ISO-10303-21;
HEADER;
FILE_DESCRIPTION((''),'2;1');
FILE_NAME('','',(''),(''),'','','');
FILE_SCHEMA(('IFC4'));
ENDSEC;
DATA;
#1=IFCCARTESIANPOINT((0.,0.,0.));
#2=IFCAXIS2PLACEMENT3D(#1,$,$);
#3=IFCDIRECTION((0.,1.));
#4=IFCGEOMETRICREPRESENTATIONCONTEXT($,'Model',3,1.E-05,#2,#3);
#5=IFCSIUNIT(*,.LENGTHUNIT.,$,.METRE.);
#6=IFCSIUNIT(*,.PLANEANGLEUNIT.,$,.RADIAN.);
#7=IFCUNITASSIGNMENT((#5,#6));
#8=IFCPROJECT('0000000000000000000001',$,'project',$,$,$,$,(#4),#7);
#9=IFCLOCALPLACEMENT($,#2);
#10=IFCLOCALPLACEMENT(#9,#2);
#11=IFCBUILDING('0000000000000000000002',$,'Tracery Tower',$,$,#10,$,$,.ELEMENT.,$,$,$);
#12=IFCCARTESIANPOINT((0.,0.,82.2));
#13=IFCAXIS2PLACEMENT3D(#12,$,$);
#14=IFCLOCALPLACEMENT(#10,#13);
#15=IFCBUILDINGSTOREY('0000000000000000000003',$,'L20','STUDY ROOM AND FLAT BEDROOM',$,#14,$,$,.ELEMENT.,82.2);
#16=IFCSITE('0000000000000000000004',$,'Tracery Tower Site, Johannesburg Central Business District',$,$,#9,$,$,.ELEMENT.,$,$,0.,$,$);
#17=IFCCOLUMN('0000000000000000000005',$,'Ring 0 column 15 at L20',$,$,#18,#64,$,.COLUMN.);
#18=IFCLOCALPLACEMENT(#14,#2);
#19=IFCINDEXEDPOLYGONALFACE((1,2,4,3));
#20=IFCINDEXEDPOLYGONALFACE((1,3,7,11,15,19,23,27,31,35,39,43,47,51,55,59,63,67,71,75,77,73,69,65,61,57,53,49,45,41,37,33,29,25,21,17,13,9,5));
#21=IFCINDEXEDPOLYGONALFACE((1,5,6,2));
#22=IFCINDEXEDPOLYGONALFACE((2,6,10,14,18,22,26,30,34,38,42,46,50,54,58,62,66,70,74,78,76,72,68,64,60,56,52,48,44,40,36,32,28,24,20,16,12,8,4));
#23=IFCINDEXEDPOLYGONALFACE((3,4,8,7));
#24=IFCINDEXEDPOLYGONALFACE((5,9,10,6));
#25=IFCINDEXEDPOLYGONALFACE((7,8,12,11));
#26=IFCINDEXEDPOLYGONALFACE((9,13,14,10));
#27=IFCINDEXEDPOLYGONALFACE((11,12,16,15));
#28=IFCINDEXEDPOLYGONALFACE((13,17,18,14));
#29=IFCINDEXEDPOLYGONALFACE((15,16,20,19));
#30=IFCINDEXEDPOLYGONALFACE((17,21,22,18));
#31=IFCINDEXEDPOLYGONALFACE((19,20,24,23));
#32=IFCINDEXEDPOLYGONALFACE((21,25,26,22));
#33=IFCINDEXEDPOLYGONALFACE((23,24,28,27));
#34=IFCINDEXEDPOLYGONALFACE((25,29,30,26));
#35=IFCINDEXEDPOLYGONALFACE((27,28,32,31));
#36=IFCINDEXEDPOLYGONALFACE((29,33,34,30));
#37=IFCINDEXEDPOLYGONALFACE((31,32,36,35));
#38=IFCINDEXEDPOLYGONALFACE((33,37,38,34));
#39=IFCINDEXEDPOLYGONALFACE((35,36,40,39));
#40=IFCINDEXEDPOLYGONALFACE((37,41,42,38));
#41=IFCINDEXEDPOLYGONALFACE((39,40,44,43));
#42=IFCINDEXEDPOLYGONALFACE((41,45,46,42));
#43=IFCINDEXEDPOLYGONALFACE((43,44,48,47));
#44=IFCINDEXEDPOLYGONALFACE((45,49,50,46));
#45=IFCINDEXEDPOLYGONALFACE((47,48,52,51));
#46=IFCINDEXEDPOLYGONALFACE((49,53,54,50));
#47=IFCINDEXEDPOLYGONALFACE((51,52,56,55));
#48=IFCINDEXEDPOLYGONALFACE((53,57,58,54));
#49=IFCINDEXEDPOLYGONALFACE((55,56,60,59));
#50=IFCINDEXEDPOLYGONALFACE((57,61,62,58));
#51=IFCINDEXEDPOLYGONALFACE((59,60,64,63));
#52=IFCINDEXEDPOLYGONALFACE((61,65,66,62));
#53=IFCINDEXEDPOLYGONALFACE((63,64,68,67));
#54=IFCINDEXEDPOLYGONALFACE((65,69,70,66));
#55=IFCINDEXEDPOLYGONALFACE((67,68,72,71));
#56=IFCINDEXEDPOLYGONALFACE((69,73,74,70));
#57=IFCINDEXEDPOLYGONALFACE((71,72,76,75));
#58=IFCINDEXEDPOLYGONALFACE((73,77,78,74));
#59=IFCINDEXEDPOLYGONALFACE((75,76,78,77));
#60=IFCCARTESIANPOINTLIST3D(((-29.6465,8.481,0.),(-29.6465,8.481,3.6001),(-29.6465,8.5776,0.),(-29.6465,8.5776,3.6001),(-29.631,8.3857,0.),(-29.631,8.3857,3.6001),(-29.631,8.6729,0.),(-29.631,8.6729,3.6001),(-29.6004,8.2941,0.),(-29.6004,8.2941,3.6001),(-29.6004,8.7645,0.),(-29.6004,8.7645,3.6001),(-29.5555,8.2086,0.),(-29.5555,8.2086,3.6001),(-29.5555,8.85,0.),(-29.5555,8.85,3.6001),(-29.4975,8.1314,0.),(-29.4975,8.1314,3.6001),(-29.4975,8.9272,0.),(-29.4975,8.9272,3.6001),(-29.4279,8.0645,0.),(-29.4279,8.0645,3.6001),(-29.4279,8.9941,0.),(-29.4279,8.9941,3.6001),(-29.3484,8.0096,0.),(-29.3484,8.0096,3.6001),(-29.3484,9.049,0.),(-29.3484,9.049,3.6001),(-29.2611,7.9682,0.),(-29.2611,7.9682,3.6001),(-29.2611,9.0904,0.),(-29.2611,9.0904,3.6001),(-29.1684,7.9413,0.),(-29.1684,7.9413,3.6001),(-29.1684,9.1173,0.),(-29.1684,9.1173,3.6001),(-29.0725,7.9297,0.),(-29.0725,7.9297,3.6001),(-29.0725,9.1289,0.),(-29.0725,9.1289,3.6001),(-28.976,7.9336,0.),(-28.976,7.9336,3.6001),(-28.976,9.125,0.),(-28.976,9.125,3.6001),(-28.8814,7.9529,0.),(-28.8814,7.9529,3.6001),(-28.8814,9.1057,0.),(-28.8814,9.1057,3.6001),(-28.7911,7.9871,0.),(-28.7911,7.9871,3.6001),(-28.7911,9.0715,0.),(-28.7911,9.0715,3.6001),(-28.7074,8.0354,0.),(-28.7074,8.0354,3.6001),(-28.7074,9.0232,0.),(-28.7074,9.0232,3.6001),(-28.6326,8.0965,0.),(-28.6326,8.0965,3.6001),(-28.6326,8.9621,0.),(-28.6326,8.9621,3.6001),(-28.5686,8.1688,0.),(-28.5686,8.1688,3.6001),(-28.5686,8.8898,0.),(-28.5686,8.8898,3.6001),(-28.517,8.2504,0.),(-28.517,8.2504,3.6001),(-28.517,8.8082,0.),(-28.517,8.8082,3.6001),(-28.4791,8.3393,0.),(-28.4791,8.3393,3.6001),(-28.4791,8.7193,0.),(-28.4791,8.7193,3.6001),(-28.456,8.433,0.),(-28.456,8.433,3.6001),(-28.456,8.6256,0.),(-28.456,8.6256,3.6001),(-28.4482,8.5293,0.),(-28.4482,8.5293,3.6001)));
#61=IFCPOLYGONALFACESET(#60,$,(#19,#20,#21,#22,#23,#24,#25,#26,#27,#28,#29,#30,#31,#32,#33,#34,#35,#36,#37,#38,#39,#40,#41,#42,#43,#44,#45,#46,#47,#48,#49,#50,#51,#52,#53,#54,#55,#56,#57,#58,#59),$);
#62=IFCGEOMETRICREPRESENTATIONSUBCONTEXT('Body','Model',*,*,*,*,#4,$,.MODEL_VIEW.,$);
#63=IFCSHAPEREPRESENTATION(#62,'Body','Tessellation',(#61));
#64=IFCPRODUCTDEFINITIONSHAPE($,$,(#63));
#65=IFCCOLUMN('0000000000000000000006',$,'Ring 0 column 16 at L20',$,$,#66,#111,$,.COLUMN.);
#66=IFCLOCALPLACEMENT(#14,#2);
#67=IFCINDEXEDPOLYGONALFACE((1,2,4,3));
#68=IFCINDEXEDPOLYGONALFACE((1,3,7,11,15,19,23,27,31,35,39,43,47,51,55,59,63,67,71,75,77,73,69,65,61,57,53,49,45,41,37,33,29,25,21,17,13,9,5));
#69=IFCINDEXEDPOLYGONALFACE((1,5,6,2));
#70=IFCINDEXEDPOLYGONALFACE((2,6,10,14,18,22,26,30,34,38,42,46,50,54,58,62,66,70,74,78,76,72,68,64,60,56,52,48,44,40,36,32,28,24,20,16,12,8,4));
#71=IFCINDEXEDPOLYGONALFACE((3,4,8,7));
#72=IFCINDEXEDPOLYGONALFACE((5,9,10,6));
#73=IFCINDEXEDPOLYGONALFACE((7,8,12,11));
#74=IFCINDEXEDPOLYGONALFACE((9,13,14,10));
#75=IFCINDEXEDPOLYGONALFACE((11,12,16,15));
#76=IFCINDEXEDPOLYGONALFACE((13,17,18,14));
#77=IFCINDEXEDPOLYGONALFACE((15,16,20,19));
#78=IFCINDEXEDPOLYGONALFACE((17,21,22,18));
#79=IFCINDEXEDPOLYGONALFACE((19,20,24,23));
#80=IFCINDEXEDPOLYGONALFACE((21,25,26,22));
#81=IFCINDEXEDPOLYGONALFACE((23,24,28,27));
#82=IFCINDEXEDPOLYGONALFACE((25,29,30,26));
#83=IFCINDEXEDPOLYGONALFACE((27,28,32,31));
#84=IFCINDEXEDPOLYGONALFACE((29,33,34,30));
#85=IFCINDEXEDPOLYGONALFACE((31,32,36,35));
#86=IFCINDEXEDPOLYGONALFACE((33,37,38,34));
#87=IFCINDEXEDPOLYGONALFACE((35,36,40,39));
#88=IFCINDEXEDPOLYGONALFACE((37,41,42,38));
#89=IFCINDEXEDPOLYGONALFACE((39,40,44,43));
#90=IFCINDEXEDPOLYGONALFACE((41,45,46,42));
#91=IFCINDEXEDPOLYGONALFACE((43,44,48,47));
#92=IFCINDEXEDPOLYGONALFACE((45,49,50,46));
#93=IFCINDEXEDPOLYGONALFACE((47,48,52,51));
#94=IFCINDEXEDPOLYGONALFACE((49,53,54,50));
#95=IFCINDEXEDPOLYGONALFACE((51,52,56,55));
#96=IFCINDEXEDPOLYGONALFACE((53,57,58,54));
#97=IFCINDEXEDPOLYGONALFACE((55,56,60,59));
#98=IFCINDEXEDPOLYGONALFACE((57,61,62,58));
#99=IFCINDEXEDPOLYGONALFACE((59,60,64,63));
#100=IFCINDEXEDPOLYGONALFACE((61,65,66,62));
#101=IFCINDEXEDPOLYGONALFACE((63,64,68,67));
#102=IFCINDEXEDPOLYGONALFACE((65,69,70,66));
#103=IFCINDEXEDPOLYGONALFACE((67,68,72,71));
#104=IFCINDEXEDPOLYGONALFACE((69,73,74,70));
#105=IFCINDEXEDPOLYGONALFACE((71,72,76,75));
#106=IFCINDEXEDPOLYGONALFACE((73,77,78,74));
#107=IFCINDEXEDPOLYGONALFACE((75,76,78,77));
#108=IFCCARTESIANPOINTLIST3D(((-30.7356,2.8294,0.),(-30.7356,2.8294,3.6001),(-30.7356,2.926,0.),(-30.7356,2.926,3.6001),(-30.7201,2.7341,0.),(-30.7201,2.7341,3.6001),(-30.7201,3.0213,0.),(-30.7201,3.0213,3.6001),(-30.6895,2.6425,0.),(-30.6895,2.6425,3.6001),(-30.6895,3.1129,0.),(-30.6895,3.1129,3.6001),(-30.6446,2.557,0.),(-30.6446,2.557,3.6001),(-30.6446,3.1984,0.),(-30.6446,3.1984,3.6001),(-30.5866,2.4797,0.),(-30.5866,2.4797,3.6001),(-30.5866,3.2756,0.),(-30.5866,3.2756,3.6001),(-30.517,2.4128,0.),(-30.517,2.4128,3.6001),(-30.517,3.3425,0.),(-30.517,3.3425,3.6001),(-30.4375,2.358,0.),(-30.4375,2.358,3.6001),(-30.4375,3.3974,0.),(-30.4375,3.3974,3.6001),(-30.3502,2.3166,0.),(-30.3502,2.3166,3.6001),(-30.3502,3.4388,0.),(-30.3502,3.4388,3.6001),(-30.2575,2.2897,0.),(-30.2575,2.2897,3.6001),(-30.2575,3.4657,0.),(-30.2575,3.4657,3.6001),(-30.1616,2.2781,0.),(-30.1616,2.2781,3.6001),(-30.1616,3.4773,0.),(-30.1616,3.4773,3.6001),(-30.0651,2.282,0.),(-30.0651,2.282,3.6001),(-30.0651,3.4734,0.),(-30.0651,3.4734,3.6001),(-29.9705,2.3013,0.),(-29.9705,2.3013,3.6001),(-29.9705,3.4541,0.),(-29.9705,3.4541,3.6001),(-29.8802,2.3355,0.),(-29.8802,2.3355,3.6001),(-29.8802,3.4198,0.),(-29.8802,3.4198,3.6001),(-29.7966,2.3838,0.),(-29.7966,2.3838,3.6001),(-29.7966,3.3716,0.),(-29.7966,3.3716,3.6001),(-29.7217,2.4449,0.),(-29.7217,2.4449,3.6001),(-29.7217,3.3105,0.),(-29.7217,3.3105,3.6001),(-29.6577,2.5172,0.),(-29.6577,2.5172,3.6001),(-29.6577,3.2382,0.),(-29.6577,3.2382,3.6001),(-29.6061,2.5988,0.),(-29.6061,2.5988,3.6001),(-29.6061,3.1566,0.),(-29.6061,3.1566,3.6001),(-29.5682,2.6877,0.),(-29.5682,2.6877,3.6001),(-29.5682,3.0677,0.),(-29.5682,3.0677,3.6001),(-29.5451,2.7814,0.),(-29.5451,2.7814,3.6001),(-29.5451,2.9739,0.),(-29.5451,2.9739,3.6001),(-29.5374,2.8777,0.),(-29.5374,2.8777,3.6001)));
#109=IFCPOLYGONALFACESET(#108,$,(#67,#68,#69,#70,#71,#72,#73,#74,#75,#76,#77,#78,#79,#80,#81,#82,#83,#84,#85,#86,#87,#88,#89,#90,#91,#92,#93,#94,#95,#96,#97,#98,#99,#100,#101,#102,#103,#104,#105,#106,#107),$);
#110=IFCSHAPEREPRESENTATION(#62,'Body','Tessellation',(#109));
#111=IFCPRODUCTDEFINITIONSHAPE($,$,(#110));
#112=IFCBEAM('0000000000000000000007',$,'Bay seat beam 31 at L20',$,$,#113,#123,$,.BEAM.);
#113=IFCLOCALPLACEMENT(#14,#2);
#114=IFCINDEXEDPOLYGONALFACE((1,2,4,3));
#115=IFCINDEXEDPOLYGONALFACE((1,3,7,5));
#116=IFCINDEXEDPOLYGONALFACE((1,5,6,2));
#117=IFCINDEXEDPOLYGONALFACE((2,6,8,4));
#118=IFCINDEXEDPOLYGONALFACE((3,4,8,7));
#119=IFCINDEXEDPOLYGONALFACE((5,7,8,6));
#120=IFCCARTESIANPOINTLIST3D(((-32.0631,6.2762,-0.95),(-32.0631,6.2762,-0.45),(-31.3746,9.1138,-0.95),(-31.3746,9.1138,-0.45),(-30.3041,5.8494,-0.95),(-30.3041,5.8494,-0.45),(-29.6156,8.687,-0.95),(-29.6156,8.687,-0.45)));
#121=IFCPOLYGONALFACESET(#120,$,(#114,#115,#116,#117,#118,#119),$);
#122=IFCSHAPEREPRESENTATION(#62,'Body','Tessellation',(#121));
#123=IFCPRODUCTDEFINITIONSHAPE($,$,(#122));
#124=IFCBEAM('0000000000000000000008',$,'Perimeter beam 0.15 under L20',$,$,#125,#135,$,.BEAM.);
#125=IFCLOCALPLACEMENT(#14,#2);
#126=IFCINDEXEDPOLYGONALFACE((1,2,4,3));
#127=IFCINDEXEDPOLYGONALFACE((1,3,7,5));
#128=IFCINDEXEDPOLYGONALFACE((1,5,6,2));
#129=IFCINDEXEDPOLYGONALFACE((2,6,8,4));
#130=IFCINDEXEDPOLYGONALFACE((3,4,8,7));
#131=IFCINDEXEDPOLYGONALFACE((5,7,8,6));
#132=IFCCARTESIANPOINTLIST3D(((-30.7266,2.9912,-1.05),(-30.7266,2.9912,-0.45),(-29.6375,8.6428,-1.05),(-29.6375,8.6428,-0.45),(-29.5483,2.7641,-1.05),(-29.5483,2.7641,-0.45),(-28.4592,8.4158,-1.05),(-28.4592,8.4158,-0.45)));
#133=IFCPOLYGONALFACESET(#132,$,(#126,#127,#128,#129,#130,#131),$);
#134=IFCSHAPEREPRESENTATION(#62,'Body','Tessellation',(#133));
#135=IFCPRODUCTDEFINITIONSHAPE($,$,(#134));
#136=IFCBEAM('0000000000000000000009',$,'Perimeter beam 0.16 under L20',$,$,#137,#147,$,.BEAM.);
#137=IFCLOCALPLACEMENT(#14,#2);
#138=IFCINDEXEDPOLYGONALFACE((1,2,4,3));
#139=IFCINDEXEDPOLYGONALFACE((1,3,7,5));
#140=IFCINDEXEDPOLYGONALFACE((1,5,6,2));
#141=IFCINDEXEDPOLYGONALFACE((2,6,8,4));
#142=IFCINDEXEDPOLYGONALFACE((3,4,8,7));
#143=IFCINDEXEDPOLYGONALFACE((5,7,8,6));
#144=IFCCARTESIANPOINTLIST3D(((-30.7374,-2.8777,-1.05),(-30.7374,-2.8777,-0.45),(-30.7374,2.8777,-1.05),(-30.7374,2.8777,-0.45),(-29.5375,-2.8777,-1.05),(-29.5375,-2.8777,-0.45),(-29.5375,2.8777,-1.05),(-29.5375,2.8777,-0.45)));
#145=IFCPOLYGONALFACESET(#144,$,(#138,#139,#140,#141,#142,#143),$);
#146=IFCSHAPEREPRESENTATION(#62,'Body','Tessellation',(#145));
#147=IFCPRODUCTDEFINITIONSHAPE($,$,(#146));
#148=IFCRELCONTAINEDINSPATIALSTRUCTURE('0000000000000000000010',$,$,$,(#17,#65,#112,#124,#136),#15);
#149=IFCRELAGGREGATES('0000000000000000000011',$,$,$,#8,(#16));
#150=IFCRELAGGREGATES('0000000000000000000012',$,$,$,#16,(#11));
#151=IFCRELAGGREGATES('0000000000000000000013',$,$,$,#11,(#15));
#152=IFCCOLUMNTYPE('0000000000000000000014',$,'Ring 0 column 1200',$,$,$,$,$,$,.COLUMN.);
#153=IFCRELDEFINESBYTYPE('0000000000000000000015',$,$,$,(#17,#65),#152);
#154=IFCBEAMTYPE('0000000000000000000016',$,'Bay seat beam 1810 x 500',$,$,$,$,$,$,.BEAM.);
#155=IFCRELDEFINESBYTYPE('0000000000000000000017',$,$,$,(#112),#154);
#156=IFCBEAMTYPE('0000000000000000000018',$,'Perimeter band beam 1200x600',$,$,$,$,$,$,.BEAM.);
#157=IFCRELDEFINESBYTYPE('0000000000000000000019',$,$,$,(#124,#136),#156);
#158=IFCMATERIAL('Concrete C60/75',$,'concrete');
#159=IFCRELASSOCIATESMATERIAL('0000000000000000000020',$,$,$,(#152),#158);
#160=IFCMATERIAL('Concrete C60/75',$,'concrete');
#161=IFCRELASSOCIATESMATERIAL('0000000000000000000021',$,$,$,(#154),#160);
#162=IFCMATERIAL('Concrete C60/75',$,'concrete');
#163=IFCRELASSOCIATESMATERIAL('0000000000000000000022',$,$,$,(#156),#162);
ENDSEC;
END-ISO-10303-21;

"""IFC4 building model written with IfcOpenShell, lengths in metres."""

from ifc_helpers import new_model, si_unit, direction, frame, origin, origin_2d, place, context, subcontext, project, spatial, rectangle, circle, extrude, material, material_profile, profile_set, type_object, element, save


model = new_model("IFC4")

# Units and contexts
model_context = context("Model", 3, precision=1e-05, world=origin(), true_north=direction((0.0, 1.0)))
body_context = subcontext(model_context, "Body", "Model", "MODEL_VIEW")
ifc_project = project(units=[si_unit("LENGTHUNIT", "METRE"), si_unit("PLANEANGLEUNIT", "RADIAN")], contexts=[model_context])

# Site, building, storey
site_placement = place(None, origin())
site = spatial("IfcSite", under=ifc_project, at=site_placement, Name="Tracery Tower Site, Johannesburg Central Business District", CompositionType="ELEMENT", RefElevation=0.0)
building_placement = place(site_placement, origin())
building = spatial("IfcBuilding", under=site, at=building_placement, Name="Tracery Tower", CompositionType="ELEMENT")
storey_placement = place(building_placement, frame((0.0, 0.0, 82.2)))
storey = spatial("IfcBuildingStorey", under=building, at=storey_placement, Name="L20", Description="STUDY ROOM AND FLAT BEDROOM", CompositionType="ELEMENT", Elevation=82.2)

# Columns
ifc_material_1 = material(Name="Concrete C60/75", Category="concrete")
ifc_material_profile_1 = material_profile(ifc_material_1, circle(Radius=0.6001, at=origin_2d()), Name="RC D1200")
ifc_profile_set_1 = profile_set([ifc_material_profile_1], Name="Concrete C60/75")
column_type = type_object("IfcColumnType", Name="Ring 0 column 1200", PredefinedType="COLUMN", material=ifc_profile_set_1)
for number, where, z_axis, x_axis, name in (
    (1, (-29.0483, 8.5293, 0.0), (0.0, 0.0, 1.0), (1.0, 0.0, 0.0), "Ring 0 column 15 at L20"),
    (2, (-30.1375, 2.8777, 0.0), (0.0, 0.0, 1.0), (1.0, 0.0, 0.0), "Ring 0 column 16 at L20"),
):
    element("IfcColumn", number, at=place(storey_placement, frame(where, z_axis=z_axis, x_axis=x_axis)), inside=storey, type_object=column_type, Name=name, PredefinedType="COLUMN", context=body_context, shape_type="SweptSolid", body=[
        extrude(circle(Radius=0.6001, at=origin_2d()), origin(), (0.0, 0.0, 1.0), 3.6001),
    ])

# Beams
ifc_material_2 = material(Name="Concrete C60/75", Category="concrete")
ifc_material_profile_2 = material_profile(ifc_material_2, rectangle(XDim=1.8101, YDim=0.5, at=origin_2d()), Name="RC 1810x500")
ifc_profile_set_2 = profile_set([ifc_material_profile_2], Name="Concrete C60/75")
beam_type_1 = type_object("IfcBeamType", Name="Bay seat beam 1810 x 500", PredefinedType="BEAM", material=ifc_profile_set_2)
beam_1_placement = place(storey_placement, frame((-30.4951, 8.9004, -0.7), z_axis=(-0.235782, -0.971806, 0.0), x_axis=(0.971806, -0.235782, 0.0)))
element("IfcBeam", 3, at=beam_1_placement, inside=storey, type_object=beam_type_1, Name="Bay seat beam 31 at L20", PredefinedType="BEAM", context=body_context, shape_type="SweptSolid", body=[
    extrude(rectangle(XDim=1.8101, YDim=0.5, at=origin_2d()), origin(), (0.0, 0.0, 1.0), 2.9199),
])
ifc_material_3 = material(Name="Concrete C60/75", Category="concrete")
ifc_material_profile_3 = material_profile(ifc_material_3, rectangle(XDim=1.2, YDim=0.6001, at=origin_2d()), Name="RC 1200x600")
ifc_profile_set_3 = profile_set([ifc_material_profile_3], Name="Concrete C60/75")
beam_type_2 = type_object("IfcBeamType", Name="Perimeter band beam 1200x600", PredefinedType="BEAM", material=ifc_profile_set_3)
beam_2_placement = place(storey_placement, frame((-29.0483, 8.5293, -0.75), z_axis=(-0.189227, -0.981933, 0.0), x_axis=(0.981933, -0.189227, 0.0)))
element("IfcBeam", 4, at=beam_2_placement, inside=storey, type_object=beam_type_2, Name="Perimeter beam 0.15 under L20", PredefinedType="BEAM", context=body_context, shape_type="SweptSolid", body=[
    extrude(rectangle(XDim=1.2, YDim=0.6001, at=origin_2d()), origin(), (0.0, 0.0, 1.0), 5.7556),
])
beam_3_placement = place(storey_placement, frame((-30.1375, 2.8777, -0.75), z_axis=(0.0, -1.0, 0.0), x_axis=(1.0, 0.0, 0.0)))
element("IfcBeam", 5, at=beam_3_placement, inside=storey, type_object=beam_type_2, Name="Perimeter beam 0.16 under L20", PredefinedType="BEAM", context=body_context, shape_type="SweptSolid", body=[
    extrude(rectangle(XDim=1.2, YDim=0.6001, at=origin_2d()), origin(), (0.0, 0.0, 1.0), 5.7554),
])

save(model, "model.ifc")
